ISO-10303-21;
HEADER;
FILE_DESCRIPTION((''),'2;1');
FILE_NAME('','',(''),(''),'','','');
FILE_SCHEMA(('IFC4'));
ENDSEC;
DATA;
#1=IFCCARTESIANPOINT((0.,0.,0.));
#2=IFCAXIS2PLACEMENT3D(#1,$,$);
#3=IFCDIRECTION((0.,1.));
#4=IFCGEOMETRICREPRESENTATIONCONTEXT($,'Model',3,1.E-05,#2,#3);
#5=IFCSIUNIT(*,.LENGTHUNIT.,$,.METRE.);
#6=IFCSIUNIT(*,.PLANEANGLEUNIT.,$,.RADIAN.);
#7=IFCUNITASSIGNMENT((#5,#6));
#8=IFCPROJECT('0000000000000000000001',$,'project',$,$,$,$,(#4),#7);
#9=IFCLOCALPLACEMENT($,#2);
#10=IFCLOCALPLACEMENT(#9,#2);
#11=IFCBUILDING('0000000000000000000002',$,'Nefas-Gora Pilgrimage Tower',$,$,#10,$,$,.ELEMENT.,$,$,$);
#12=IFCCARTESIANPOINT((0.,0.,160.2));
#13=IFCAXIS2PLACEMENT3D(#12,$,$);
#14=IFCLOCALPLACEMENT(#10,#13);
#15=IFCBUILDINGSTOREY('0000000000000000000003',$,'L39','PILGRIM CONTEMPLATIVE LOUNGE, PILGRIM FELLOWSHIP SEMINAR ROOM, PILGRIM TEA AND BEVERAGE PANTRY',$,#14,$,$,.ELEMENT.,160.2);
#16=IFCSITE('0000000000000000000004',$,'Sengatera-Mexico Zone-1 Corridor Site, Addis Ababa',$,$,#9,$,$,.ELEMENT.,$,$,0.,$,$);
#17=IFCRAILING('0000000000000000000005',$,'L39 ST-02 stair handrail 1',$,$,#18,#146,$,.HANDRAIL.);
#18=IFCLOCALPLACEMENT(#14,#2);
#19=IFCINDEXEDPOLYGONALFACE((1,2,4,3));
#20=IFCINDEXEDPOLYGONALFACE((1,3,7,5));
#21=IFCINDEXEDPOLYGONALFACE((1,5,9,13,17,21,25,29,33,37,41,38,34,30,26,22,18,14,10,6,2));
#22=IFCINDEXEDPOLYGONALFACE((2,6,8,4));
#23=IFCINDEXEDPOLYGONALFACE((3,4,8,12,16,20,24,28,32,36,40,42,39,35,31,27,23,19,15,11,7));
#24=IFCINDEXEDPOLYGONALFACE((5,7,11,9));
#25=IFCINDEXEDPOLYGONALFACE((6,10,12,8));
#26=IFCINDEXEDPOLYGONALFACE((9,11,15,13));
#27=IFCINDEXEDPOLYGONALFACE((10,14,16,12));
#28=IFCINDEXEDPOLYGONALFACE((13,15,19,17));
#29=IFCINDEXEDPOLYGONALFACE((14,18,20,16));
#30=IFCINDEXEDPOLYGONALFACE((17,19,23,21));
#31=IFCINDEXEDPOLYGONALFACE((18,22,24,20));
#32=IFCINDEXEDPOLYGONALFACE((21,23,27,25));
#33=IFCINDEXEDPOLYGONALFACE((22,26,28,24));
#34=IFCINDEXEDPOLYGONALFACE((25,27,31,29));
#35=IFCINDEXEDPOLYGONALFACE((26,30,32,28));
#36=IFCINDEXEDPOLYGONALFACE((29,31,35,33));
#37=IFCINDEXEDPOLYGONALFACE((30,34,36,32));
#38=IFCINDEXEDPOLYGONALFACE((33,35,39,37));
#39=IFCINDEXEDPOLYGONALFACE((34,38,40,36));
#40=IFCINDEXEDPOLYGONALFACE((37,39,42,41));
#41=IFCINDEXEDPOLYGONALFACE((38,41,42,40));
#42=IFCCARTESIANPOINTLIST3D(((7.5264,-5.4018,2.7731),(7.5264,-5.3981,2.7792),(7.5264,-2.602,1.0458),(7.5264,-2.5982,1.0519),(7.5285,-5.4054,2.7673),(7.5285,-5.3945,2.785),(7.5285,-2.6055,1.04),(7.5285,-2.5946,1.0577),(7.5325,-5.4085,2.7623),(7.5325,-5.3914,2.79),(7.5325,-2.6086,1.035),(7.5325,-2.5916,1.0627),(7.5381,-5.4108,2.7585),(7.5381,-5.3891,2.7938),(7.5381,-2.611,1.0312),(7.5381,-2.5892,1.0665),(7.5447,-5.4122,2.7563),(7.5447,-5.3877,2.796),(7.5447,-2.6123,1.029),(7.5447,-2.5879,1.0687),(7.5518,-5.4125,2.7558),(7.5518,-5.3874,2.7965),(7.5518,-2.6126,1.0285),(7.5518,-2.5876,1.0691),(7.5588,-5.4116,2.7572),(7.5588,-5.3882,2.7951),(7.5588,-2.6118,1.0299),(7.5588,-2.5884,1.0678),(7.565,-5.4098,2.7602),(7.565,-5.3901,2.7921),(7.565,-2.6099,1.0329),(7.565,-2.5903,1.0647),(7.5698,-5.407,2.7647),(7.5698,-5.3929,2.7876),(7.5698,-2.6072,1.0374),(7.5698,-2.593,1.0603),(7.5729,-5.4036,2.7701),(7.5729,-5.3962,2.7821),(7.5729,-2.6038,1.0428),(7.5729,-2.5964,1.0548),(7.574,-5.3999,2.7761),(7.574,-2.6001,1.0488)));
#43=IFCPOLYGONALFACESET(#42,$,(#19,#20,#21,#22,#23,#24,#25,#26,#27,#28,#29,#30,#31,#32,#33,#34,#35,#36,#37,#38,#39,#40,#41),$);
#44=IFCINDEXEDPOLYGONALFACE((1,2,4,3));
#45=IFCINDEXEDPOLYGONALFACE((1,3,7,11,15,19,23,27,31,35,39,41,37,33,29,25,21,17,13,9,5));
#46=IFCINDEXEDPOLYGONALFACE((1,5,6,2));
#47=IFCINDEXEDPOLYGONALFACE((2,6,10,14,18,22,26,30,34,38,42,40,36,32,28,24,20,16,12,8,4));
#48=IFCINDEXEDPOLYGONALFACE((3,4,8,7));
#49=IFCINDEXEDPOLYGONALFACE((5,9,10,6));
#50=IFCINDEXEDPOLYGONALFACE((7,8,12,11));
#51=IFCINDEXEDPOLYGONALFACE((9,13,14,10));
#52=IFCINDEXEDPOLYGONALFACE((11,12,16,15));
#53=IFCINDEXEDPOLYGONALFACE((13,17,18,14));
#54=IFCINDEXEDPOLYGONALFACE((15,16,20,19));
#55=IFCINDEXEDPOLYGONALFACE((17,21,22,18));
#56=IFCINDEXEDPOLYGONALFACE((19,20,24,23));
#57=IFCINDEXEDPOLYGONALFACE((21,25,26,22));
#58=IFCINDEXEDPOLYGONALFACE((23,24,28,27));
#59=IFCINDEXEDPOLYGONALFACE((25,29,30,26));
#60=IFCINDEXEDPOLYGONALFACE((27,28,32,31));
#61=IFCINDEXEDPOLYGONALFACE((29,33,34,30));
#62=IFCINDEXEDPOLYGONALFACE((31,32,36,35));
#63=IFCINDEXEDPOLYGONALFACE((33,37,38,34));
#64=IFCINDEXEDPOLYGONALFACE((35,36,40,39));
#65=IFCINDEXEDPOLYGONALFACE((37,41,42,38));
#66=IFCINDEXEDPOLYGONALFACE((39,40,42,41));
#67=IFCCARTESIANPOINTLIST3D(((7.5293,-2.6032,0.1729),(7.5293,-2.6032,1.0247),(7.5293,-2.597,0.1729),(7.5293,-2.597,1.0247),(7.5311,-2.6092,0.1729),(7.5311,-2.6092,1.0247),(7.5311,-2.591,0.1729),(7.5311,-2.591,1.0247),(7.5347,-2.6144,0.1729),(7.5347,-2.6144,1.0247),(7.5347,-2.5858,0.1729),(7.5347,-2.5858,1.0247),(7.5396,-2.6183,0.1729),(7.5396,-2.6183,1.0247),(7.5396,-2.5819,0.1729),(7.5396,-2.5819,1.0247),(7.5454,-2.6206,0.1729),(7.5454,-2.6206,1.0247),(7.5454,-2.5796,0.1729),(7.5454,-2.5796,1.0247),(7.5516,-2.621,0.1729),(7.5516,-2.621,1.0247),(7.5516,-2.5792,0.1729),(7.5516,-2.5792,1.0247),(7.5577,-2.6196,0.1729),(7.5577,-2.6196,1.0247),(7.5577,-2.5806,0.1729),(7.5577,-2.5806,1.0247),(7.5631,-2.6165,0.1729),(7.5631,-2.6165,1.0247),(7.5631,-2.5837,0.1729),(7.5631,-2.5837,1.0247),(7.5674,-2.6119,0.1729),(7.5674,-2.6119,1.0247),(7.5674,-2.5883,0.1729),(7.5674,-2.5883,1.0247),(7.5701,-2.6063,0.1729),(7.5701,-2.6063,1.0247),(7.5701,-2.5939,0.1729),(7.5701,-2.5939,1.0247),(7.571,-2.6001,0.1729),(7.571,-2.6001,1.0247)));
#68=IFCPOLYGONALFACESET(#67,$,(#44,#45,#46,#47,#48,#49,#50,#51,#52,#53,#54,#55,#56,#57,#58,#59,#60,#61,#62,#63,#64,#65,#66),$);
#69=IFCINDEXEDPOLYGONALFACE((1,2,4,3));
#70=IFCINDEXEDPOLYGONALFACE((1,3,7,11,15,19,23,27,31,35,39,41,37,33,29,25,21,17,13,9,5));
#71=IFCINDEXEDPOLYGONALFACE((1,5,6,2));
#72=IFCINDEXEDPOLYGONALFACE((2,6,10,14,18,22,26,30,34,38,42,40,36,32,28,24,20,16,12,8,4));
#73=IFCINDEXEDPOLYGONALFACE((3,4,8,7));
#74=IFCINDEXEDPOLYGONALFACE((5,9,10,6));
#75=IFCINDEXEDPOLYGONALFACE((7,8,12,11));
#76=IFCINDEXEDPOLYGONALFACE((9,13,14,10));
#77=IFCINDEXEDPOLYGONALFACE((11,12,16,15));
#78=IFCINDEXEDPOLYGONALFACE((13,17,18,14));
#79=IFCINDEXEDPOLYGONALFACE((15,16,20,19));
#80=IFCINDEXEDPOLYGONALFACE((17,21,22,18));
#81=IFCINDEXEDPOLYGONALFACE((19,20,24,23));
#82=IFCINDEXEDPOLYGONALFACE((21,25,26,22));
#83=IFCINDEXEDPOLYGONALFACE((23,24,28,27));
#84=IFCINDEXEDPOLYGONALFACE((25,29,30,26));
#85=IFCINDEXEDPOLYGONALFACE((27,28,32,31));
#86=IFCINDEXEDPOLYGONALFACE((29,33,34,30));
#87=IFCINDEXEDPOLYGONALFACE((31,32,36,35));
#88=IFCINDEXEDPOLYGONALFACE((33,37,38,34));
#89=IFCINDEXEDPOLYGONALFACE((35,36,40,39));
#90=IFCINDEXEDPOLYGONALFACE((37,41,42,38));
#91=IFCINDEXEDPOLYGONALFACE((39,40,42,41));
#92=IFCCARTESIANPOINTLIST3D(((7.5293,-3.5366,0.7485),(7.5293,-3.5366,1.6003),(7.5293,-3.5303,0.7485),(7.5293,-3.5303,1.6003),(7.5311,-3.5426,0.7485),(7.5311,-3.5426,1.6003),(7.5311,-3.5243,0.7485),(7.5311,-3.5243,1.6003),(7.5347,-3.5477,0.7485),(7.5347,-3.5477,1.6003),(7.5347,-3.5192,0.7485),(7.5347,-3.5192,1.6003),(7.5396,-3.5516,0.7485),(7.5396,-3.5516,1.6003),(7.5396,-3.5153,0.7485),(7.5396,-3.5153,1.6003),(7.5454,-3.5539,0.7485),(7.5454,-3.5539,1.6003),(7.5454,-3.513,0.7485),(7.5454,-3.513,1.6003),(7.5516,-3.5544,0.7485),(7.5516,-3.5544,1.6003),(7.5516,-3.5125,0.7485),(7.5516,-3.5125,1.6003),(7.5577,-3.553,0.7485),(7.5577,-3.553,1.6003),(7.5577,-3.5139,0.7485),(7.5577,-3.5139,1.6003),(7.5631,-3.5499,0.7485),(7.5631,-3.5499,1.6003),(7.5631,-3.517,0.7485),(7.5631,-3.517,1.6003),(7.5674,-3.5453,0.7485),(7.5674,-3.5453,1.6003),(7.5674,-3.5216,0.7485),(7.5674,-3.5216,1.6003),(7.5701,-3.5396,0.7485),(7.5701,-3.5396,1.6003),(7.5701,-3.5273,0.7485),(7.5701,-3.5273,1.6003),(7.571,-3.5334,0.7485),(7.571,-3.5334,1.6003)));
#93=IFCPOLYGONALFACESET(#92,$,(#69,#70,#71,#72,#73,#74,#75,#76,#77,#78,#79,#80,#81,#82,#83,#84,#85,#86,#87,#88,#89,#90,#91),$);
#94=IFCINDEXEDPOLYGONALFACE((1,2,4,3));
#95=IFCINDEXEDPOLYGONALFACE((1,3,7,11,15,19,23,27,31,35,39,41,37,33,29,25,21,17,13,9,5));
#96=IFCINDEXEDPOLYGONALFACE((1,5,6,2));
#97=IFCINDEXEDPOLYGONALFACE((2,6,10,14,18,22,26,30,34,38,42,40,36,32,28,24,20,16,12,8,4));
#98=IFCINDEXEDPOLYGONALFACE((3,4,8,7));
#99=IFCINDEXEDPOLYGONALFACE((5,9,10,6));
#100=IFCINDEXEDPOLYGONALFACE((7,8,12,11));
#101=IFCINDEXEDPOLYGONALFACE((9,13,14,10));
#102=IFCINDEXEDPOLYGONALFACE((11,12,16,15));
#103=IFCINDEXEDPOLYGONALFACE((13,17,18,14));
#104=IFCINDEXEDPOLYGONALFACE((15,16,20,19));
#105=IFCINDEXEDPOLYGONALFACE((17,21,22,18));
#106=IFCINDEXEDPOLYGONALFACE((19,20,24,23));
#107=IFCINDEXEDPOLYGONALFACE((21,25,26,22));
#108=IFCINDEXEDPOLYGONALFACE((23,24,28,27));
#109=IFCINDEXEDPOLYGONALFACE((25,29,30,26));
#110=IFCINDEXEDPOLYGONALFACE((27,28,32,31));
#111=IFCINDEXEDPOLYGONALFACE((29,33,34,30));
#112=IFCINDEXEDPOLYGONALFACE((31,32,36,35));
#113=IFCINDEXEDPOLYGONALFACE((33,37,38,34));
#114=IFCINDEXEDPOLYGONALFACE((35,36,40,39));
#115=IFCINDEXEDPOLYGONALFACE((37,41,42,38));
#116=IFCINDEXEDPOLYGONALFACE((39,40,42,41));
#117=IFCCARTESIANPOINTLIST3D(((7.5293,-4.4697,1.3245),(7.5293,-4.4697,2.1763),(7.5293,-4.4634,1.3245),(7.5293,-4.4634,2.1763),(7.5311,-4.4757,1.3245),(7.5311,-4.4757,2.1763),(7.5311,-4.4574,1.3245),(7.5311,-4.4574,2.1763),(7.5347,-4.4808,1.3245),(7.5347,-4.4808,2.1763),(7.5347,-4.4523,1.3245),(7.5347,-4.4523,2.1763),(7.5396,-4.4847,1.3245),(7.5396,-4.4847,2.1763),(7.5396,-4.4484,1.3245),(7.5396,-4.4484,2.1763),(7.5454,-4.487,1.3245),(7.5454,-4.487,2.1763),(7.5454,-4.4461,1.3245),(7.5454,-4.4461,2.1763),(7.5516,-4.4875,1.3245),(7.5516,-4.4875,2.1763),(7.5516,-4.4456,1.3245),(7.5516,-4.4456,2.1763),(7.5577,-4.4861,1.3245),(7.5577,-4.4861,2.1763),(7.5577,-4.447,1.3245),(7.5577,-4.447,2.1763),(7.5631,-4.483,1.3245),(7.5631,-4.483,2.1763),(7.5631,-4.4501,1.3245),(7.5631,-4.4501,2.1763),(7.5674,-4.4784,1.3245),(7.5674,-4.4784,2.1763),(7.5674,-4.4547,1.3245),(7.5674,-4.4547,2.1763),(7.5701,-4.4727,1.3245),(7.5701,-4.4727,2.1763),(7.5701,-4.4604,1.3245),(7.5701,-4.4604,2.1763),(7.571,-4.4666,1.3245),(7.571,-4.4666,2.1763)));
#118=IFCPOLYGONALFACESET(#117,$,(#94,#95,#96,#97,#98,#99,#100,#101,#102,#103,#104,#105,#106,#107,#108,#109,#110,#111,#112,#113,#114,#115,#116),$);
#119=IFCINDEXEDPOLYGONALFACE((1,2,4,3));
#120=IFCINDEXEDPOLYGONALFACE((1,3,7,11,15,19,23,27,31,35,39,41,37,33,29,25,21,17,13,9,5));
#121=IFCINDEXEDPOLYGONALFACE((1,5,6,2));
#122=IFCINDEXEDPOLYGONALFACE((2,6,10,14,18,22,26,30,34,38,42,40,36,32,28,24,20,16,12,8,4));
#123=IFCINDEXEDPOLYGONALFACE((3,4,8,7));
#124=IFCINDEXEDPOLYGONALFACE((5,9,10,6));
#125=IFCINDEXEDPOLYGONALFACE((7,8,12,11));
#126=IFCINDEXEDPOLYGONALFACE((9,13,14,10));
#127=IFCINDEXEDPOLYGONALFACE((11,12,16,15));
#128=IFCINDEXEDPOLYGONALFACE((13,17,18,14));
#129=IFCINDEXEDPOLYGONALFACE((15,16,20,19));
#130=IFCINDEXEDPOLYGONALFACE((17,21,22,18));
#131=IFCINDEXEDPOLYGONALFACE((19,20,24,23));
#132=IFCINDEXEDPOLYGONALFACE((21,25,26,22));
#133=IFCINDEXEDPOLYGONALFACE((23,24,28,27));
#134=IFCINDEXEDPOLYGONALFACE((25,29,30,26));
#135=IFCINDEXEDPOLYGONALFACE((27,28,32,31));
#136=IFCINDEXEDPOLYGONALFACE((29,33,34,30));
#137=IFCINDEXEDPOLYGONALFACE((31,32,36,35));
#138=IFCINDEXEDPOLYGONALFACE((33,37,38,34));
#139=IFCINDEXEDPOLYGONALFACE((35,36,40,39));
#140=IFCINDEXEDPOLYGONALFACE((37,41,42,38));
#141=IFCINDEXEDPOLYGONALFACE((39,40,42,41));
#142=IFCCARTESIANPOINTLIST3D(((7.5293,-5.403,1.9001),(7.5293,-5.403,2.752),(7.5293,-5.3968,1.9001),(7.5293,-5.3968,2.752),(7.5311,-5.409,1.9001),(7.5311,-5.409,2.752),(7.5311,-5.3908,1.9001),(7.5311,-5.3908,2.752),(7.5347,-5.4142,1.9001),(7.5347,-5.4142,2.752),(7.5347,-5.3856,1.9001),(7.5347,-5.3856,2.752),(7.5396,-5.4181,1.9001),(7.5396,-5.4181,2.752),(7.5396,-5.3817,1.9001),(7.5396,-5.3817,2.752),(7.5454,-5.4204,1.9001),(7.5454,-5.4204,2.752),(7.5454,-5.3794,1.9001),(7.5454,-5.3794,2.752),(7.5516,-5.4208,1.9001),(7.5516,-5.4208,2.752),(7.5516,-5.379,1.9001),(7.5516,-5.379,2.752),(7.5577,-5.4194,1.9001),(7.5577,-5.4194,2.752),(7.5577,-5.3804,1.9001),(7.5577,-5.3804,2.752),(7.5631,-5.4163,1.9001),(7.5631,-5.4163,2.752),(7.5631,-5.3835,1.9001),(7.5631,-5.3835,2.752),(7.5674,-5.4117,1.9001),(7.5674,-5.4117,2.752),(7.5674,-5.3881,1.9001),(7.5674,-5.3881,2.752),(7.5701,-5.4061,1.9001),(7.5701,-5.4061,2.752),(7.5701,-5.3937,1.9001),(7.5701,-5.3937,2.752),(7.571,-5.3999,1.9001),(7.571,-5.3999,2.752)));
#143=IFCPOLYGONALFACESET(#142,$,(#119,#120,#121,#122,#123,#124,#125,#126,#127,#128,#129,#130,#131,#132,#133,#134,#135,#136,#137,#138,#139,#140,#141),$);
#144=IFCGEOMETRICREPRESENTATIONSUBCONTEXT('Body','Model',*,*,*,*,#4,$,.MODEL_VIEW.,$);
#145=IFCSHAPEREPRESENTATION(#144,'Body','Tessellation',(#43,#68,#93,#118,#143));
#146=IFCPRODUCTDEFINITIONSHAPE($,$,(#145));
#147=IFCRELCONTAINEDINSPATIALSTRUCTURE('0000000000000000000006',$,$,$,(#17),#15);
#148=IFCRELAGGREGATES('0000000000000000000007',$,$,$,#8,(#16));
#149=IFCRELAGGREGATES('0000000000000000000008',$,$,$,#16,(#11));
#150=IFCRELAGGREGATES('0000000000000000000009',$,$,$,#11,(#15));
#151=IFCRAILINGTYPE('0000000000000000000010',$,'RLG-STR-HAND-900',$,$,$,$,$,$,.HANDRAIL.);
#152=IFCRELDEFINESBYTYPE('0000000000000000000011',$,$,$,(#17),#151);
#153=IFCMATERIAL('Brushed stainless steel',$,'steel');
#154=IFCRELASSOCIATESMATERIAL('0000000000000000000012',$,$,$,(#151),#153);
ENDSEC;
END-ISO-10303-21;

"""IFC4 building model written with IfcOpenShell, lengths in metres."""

from ifc_helpers import new_model, si_unit, direction, frame, origin, origin_2d, place, context, subcontext, project, spatial, circle, extrude, material, type_object, element, save


model = new_model("IFC4")

# Units and contexts
model_context = context("Model", 3, precision=1e-05, world=origin(), true_north=direction((0.0, 1.0)))
body_context = subcontext(model_context, "Body", "Model", "MODEL_VIEW")
ifc_project = project(units=[si_unit("LENGTHUNIT", "METRE"), si_unit("PLANEANGLEUNIT", "RADIAN")], contexts=[model_context])

# Site, building, storey
site_placement = place(None, origin())
site = spatial("IfcSite", under=ifc_project, at=site_placement, Name="Sengatera-Mexico Zone-1 Corridor Site, Addis Ababa", CompositionType="ELEMENT", RefElevation=0.0)
building_placement = place(site_placement, origin())
building = spatial("IfcBuilding", under=site, at=building_placement, Name="Nefas-Gora Pilgrimage Tower", CompositionType="ELEMENT")
storey_placement = place(building_placement, frame((0.0, 0.0, 160.2)))
storey = spatial("IfcBuildingStorey", under=building, at=storey_placement, Name="L39", Description="PILGRIM CONTEMPLATIVE LOUNGE, PILGRIM FELLOWSHIP SEMINAR ROOM, PILGRIM TEA AND BEVERAGE PANTRY", CompositionType="ELEMENT", Elevation=160.2)

# Railing
ifc_material_1 = material(Name="Brushed stainless steel", Category="steel")
railing_type_1 = type_object("IfcRailingType", Name="RLG-STR-HAND-900", PredefinedType="HANDRAIL", material=ifc_material_1)
railing_1_placement = place(storey_placement, frame((7.55, -2.6001, 0.1729)))
element("IfcRailing", 1, at=railing_1_placement, inside=storey, type_object=railing_type_1, Name="L39 ST-02 stair handrail 1", PredefinedType="HANDRAIL", context=body_context, shape_type="SweptSolid", body=[
    extrude(circle(Radius=0.0239, at=origin_2d()), frame((0.0, 0.0, 0.876), z_axis=(0.0, -0.851069, 0.525054), x_axis=(1.0, 0.0, 0.0)), (0.0, 0.0, 1.0), 3.2898),
    extrude(circle(Radius=0.021, at=origin_2d()), origin(), (0.0, 0.0, 1.0), 0.8518),
    extrude(circle(Radius=0.021, at=origin_2d()), frame((0.0, -0.9333, 0.5757)), (0.0, 0.0, 1.0), 0.8518),
    extrude(circle(Radius=0.021, at=origin_2d()), frame((0.0, -1.8665, 1.1516)), (0.0, 0.0, 1.0), 0.8518),
    extrude(circle(Radius=0.021, at=origin_2d()), frame((0.0, -2.7998, 1.7273)), (0.0, 0.0, 1.0), 0.8518),
])

save(model, "model.ifc")
